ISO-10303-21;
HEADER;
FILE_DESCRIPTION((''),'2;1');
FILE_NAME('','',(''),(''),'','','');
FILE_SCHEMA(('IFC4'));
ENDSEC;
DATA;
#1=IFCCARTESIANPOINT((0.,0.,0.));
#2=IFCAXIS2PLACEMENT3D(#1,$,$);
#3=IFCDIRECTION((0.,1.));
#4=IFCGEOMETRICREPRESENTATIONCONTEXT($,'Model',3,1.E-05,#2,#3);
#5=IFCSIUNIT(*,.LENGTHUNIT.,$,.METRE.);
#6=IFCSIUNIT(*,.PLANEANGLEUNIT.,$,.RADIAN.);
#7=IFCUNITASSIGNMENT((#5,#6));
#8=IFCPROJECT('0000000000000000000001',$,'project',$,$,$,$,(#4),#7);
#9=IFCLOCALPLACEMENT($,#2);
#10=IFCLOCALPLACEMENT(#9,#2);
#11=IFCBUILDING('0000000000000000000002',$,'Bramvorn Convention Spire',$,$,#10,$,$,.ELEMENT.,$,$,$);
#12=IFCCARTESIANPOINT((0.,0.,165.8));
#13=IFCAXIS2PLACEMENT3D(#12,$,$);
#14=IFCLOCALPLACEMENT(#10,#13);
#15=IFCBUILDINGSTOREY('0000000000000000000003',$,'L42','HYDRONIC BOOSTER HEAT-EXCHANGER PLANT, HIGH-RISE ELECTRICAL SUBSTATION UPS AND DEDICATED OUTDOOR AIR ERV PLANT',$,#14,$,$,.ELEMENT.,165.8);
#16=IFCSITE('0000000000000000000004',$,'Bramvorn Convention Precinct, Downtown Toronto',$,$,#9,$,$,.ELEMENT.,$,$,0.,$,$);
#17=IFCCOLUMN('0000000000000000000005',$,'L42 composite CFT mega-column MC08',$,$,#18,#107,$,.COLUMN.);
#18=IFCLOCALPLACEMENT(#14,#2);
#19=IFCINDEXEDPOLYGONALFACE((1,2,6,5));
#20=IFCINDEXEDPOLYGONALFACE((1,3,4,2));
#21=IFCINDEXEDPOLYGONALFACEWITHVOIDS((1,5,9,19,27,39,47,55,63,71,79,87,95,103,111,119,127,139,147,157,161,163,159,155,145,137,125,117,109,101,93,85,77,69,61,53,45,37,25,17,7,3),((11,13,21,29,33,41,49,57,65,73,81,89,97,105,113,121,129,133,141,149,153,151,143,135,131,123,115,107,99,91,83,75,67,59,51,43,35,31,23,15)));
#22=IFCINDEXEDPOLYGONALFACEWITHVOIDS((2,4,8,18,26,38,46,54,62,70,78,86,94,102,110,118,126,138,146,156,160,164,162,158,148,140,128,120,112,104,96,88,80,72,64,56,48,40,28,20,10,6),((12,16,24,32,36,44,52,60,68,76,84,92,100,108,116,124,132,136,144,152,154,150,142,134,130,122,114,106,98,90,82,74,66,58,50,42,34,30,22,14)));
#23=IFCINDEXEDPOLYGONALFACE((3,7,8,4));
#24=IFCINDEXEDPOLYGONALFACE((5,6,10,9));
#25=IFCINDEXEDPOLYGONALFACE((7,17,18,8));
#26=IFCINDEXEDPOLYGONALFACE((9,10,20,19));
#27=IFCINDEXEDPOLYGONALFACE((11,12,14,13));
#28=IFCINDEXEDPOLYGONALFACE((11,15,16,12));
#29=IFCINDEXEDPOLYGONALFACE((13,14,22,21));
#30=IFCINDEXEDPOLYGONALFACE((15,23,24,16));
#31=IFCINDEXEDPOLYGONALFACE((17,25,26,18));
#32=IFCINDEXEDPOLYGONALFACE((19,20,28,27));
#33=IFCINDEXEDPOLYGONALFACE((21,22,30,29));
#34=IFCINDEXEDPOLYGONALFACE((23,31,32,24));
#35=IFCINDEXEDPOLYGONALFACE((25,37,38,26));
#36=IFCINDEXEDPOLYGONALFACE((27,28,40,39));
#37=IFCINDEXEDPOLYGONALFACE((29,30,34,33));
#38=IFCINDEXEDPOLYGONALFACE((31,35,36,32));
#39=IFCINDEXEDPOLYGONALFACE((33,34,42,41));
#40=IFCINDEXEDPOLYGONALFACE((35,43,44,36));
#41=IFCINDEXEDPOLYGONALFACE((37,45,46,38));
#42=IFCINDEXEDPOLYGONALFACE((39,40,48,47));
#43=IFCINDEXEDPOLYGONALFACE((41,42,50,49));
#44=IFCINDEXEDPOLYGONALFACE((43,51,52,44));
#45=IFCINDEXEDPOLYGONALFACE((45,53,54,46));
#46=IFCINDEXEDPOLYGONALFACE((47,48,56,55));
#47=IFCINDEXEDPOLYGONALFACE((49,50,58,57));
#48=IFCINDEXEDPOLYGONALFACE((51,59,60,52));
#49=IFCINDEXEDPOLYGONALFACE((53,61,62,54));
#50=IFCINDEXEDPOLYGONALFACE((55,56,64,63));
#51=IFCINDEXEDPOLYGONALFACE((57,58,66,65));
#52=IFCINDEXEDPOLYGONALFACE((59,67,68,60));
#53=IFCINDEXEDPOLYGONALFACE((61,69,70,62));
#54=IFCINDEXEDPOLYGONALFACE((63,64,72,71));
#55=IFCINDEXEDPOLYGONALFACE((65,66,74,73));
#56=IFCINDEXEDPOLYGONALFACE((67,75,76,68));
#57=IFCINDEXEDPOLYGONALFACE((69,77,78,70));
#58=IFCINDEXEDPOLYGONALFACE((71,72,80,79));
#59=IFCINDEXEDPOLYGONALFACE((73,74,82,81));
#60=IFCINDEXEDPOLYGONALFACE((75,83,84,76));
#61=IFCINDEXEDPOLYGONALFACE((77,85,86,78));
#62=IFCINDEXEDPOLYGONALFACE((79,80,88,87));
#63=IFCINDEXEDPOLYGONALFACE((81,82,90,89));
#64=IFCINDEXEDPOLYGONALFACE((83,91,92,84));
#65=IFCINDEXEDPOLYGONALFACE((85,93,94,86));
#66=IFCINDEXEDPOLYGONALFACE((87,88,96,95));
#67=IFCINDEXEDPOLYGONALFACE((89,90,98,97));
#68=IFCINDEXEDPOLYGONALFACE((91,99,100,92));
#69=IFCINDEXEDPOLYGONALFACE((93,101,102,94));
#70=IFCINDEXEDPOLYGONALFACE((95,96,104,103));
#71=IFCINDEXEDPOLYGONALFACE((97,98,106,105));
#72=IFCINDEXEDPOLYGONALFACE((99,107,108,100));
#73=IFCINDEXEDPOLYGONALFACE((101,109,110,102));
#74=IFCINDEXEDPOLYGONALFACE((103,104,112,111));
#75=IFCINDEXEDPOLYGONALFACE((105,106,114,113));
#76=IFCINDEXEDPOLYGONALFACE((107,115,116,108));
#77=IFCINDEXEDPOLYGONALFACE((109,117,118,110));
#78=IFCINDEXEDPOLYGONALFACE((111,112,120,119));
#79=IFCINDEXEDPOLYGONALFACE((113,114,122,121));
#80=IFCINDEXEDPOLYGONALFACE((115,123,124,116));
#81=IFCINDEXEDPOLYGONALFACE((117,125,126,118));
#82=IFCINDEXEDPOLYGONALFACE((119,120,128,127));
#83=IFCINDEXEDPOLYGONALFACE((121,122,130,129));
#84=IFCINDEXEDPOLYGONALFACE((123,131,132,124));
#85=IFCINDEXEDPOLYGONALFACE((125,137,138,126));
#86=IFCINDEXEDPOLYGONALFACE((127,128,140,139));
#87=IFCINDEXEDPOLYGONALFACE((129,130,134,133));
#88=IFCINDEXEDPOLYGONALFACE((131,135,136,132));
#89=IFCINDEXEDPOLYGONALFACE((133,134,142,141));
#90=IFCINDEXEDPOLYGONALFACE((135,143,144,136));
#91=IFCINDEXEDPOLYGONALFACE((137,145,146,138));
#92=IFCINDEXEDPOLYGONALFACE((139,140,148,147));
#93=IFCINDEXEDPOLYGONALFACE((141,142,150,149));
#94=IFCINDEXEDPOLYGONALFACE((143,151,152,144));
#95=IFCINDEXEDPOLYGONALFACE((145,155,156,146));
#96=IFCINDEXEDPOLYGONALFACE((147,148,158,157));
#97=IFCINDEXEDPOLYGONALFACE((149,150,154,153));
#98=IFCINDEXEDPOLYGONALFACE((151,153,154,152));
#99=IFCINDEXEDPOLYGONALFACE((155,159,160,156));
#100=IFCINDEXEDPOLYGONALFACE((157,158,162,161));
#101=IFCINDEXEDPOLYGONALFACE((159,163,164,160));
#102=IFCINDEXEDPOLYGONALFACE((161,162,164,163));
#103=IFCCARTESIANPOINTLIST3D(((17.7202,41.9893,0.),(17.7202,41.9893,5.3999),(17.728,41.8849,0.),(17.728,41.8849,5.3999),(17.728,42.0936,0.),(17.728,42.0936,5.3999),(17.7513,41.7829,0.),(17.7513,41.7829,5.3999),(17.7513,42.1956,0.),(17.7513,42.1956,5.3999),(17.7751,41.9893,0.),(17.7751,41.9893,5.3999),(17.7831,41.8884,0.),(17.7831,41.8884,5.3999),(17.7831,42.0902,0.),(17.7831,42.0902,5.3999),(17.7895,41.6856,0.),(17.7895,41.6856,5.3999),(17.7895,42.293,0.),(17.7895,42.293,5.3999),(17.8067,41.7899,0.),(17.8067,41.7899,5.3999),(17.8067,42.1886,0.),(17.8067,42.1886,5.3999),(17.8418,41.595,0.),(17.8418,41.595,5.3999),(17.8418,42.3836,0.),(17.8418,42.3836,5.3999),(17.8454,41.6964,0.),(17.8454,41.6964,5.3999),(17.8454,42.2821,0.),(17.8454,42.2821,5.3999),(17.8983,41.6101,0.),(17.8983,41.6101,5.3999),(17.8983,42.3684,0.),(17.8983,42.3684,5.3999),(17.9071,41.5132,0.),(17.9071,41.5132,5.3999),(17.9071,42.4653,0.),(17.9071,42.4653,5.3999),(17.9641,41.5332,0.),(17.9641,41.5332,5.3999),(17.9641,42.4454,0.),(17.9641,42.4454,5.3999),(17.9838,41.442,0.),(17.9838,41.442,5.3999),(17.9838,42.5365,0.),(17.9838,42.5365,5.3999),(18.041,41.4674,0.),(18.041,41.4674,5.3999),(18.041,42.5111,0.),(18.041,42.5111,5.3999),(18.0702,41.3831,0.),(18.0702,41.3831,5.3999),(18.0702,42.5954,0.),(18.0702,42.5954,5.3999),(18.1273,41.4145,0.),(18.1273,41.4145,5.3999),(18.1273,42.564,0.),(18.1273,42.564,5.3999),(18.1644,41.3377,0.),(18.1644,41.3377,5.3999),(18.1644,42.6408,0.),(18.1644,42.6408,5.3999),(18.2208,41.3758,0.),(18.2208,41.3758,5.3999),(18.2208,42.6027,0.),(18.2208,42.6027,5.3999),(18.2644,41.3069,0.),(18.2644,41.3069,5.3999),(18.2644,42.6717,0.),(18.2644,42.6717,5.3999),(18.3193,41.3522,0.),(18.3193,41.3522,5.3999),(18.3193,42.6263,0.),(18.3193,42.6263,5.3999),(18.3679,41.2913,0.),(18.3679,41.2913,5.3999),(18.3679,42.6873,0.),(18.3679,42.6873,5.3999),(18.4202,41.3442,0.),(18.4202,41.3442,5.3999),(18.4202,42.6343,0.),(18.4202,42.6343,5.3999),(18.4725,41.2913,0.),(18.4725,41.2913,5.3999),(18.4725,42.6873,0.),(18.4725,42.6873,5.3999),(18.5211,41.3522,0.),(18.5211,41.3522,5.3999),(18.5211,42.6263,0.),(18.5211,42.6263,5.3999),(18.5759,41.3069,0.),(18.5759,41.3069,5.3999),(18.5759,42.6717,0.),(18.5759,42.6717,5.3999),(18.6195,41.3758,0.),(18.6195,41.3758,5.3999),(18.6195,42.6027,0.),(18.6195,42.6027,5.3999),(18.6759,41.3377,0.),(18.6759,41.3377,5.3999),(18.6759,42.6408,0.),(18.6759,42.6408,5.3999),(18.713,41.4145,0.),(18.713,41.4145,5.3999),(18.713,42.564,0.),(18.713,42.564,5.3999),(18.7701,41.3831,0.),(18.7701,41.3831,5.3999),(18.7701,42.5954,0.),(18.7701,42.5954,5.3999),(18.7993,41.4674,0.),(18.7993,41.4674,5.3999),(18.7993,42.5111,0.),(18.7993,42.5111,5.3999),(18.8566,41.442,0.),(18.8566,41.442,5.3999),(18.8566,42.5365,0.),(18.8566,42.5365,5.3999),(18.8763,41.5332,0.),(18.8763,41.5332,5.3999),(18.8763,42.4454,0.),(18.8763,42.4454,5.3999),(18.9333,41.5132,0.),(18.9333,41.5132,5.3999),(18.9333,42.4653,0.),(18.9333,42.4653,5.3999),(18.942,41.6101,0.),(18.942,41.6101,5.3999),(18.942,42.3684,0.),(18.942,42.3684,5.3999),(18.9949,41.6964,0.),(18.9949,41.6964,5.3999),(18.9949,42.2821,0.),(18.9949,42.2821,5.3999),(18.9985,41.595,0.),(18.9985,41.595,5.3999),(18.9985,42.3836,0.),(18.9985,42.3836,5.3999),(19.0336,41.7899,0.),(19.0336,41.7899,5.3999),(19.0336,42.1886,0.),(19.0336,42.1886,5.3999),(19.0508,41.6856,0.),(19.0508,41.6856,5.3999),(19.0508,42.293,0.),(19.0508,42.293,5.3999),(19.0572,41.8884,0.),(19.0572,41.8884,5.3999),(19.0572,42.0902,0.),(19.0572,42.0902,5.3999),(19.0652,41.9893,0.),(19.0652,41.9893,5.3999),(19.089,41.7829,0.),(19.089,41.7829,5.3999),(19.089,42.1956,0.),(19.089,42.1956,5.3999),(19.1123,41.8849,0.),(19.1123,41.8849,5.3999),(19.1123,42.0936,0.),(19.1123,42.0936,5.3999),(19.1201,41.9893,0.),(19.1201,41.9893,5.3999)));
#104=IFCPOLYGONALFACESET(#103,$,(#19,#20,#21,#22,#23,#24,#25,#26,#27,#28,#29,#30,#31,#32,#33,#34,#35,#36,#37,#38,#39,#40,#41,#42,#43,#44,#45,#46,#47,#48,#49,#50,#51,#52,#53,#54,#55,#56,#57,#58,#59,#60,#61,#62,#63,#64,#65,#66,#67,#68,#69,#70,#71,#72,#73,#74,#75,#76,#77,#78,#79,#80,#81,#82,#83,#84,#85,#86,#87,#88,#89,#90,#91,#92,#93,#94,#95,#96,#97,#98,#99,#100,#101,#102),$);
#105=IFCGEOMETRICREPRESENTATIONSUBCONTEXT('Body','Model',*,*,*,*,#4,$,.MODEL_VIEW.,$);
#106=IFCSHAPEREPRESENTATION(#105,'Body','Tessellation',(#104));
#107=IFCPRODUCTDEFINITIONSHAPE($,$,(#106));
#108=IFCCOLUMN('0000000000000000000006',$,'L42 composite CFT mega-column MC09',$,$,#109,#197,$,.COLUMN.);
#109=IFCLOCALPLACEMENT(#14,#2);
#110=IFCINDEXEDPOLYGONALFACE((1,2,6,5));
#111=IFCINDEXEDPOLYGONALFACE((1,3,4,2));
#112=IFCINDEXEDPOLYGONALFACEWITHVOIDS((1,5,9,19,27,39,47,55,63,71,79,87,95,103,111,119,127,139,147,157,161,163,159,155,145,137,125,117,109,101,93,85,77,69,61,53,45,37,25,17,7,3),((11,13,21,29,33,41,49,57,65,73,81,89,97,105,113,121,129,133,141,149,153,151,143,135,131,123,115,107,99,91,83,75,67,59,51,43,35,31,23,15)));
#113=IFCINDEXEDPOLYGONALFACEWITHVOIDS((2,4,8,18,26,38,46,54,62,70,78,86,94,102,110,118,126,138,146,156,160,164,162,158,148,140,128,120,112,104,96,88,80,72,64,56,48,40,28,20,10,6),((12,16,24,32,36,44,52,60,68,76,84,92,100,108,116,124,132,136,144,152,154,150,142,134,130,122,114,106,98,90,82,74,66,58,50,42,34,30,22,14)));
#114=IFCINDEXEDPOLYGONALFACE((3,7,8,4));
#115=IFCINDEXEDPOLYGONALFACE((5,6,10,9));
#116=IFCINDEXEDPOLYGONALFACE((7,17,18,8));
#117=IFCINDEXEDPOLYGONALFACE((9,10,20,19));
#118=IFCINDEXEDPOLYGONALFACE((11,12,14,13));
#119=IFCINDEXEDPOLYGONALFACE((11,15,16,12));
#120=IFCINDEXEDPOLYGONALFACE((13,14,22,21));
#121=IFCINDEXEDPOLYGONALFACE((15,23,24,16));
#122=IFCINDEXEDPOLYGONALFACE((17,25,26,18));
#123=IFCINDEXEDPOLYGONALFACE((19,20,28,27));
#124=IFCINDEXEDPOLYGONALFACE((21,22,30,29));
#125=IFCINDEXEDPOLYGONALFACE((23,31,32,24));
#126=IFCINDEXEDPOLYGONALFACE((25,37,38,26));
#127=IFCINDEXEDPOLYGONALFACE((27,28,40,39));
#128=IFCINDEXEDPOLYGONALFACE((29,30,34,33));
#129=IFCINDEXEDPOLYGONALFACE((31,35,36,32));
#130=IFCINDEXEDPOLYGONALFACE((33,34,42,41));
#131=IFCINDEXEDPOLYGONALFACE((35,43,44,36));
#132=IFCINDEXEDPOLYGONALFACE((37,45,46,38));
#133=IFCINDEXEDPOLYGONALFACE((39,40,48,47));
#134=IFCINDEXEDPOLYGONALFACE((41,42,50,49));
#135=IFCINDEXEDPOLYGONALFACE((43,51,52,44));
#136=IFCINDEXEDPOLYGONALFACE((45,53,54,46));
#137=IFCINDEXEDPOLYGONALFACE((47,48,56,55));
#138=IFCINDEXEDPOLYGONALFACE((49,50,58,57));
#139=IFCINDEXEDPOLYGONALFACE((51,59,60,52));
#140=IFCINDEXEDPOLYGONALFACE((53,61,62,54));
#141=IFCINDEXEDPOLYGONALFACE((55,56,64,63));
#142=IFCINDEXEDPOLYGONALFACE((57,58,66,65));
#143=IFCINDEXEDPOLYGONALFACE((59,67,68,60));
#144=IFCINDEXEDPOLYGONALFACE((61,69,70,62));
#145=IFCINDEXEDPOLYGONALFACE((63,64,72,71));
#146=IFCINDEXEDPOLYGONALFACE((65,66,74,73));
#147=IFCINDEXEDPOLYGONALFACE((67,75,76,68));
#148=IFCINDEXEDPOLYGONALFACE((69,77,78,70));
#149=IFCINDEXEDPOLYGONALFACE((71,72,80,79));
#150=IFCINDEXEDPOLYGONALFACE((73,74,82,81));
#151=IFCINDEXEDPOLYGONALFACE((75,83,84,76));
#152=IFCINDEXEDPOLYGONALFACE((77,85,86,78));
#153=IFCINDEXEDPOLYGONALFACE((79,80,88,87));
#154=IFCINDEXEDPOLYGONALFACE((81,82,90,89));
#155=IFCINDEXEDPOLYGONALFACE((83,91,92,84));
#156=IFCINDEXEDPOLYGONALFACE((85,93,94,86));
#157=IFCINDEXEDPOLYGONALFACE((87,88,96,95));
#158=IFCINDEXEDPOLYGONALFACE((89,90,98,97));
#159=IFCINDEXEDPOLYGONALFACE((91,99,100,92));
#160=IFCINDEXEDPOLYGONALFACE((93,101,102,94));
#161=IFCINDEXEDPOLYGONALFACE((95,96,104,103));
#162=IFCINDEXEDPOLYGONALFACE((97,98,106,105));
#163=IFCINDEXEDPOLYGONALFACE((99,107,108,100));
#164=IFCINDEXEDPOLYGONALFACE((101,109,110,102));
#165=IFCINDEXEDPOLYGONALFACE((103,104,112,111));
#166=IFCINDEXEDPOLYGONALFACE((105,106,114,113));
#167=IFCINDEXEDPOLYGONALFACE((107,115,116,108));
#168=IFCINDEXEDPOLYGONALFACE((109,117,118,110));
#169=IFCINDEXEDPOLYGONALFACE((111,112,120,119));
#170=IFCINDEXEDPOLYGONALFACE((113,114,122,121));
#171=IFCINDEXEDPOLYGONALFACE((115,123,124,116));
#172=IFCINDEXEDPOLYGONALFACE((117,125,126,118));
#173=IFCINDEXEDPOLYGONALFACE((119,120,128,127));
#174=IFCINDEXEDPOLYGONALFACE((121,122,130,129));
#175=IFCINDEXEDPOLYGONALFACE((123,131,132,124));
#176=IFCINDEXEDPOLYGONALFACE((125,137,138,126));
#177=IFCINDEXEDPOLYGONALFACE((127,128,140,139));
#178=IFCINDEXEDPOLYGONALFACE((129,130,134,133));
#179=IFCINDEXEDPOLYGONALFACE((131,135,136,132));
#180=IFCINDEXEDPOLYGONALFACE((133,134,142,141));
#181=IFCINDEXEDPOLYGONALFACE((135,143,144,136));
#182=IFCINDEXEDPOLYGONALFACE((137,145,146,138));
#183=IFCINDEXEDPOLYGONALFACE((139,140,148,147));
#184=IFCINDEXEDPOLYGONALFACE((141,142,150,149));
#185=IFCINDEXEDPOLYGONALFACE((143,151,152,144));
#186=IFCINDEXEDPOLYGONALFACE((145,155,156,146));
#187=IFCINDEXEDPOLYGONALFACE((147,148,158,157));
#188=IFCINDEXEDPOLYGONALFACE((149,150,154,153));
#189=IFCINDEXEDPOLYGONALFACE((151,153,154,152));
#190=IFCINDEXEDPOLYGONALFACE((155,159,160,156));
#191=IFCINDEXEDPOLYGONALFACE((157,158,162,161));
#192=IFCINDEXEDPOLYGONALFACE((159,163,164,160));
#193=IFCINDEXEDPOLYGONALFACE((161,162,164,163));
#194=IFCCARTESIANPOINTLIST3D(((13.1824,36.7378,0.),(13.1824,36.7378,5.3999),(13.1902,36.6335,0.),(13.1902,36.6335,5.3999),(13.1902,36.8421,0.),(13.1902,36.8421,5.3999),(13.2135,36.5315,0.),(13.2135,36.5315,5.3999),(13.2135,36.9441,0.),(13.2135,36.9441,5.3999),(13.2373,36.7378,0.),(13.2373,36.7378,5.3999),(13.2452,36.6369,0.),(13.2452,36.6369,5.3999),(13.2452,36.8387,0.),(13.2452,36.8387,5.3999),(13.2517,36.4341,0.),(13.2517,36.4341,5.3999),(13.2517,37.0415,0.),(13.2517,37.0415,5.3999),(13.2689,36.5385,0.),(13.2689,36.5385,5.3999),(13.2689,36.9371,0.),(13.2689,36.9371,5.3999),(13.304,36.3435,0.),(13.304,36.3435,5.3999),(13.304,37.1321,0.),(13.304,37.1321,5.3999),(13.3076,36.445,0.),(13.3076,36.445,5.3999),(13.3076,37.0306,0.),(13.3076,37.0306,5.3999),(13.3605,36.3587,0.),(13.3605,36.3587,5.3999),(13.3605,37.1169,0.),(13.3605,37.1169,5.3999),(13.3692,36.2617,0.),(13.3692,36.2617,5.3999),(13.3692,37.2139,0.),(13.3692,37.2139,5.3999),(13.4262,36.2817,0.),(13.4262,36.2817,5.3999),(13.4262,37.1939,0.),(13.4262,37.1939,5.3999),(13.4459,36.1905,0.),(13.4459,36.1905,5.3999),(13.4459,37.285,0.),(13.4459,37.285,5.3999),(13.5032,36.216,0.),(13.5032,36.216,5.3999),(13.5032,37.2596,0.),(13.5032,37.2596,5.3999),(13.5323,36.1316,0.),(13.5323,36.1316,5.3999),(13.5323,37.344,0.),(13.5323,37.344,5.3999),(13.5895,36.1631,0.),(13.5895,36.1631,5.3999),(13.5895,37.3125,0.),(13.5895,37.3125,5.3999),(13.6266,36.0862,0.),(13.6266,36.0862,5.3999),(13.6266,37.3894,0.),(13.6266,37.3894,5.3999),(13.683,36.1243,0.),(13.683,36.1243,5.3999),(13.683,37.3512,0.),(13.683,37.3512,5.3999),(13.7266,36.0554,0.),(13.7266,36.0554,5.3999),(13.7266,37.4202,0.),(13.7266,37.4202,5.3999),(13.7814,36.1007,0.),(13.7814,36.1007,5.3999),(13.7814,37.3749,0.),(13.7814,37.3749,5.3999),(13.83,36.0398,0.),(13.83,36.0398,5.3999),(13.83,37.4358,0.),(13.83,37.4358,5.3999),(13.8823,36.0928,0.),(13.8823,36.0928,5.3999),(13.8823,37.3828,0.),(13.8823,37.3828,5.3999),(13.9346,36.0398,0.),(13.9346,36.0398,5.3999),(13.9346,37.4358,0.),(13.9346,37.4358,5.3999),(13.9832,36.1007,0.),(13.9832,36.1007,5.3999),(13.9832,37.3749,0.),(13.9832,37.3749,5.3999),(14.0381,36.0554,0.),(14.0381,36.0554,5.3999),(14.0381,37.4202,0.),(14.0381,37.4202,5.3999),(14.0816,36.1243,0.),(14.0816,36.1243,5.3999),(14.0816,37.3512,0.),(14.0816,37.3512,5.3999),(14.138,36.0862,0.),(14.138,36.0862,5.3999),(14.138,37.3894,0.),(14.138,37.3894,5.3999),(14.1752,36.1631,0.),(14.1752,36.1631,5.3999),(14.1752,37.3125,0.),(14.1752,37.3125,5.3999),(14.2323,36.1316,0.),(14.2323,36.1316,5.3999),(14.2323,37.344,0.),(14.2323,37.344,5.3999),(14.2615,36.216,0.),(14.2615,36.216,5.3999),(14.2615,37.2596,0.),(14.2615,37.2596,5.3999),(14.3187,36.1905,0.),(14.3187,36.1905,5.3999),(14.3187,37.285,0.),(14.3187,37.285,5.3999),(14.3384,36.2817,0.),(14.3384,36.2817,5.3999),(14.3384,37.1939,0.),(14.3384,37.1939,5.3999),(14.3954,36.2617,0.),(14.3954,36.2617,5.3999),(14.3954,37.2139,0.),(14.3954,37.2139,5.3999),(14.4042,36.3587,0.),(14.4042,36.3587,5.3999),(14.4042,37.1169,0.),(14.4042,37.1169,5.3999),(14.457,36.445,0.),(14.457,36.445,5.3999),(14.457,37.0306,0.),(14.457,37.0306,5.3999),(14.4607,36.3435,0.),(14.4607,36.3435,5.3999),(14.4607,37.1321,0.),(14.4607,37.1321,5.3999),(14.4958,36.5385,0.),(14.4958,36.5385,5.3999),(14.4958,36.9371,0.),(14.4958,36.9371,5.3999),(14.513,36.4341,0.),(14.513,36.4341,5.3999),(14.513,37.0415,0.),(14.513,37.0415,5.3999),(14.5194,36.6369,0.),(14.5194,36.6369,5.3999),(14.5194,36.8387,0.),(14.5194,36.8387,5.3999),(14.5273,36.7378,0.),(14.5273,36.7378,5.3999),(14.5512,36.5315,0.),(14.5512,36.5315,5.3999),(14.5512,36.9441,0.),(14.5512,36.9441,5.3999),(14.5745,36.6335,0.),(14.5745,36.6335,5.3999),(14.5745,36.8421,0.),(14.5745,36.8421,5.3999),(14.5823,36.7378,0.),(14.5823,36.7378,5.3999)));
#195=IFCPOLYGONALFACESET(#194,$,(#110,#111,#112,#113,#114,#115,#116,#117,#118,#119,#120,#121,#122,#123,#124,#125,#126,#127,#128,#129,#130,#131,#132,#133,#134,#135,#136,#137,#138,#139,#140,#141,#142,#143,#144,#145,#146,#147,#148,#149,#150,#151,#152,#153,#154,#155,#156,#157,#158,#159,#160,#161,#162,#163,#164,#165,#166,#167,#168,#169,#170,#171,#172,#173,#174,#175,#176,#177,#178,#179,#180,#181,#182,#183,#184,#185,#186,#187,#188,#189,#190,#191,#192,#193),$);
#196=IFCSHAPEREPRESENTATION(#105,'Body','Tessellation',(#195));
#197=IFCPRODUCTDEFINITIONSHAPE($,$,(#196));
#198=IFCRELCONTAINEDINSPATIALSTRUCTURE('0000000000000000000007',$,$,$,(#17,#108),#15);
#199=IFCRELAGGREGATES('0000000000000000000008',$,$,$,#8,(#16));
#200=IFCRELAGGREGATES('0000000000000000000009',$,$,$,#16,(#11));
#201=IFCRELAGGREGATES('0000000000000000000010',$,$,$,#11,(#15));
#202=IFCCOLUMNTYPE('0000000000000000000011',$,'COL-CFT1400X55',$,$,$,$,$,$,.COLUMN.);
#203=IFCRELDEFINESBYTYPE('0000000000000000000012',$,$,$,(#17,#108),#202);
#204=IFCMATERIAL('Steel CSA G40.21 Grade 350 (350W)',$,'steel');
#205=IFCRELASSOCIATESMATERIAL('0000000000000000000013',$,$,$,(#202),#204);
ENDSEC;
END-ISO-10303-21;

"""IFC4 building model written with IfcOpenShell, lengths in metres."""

from ifc_helpers import new_model, si_unit, direction, frame, origin, origin_2d, place, context, subcontext, project, spatial, hollow_circle, extrude, material, material_profile, profile_set, type_object, element, save


model = new_model("IFC4")

# Units and contexts
model_context = context("Model", 3, precision=1e-05, world=origin(), true_north=direction((0.0, 1.0)))
body_context = subcontext(model_context, "Body", "Model", "MODEL_VIEW")
ifc_project = project(units=[si_unit("LENGTHUNIT", "METRE"), si_unit("PLANEANGLEUNIT", "RADIAN")], contexts=[model_context])

# Site, building, storey
site_placement = place(None, origin())
site = spatial("IfcSite", under=ifc_project, at=site_placement, Name="Bramvorn Convention Precinct, Downtown Toronto", CompositionType="ELEMENT", RefElevation=0.0)
building_placement = place(site_placement, origin())
building = spatial("IfcBuilding", under=site, at=building_placement, Name="Bramvorn Convention Spire", CompositionType="ELEMENT")
storey_placement = place(building_placement, frame((0.0, 0.0, 165.8)))
storey = spatial("IfcBuildingStorey", under=building, at=storey_placement, Name="L42", Description="HYDRONIC BOOSTER HEAT-EXCHANGER PLANT, HIGH-RISE ELECTRICAL SUBSTATION UPS AND DEDICATED OUTDOOR AIR ERV PLANT", CompositionType="ELEMENT", Elevation=165.8)

# Columns
ifc_material_1 = material(Name="Steel CSA G40.21 Grade 350 (350W)", Category="steel")
ifc_material_profile_1 = material_profile(ifc_material_1, hollow_circle(Radius=0.7, WallThickness=0.0549, at=origin_2d()))
ifc_profile_set_1 = profile_set([ifc_material_profile_1], Name="Steel CSA G40.21 Grade 350 (350W) - CFT1400X55")
column_type = type_object("IfcColumnType", Name="COL-CFT1400X55", PredefinedType="COLUMN", material=ifc_profile_set_1)
for number, where, z_axis, x_axis, name in (
    (1, (18.4202, 41.9893, 0.0), (0.0, 0.0, 1.0), (1.0, 0.0, 0.0), "L42 composite CFT mega-column MC08"),
    (2, (13.8823, 36.7378, 0.0), (0.0, 0.0, 1.0), (1.0, 0.0, 0.0), "L42 composite CFT mega-column MC09"),
):
    element("IfcColumn", number, at=place(storey_placement, frame(where, z_axis=z_axis, x_axis=x_axis)), inside=storey, type_object=column_type, Name=name, PredefinedType="COLUMN", context=body_context, shape_type="SweptSolid", body=[
        extrude(hollow_circle(Radius=0.7, WallThickness=0.0549, at=origin_2d()), origin(), (0.0, 0.0, 1.0), 5.3999),
    ])

save(model, "model.ifc")
